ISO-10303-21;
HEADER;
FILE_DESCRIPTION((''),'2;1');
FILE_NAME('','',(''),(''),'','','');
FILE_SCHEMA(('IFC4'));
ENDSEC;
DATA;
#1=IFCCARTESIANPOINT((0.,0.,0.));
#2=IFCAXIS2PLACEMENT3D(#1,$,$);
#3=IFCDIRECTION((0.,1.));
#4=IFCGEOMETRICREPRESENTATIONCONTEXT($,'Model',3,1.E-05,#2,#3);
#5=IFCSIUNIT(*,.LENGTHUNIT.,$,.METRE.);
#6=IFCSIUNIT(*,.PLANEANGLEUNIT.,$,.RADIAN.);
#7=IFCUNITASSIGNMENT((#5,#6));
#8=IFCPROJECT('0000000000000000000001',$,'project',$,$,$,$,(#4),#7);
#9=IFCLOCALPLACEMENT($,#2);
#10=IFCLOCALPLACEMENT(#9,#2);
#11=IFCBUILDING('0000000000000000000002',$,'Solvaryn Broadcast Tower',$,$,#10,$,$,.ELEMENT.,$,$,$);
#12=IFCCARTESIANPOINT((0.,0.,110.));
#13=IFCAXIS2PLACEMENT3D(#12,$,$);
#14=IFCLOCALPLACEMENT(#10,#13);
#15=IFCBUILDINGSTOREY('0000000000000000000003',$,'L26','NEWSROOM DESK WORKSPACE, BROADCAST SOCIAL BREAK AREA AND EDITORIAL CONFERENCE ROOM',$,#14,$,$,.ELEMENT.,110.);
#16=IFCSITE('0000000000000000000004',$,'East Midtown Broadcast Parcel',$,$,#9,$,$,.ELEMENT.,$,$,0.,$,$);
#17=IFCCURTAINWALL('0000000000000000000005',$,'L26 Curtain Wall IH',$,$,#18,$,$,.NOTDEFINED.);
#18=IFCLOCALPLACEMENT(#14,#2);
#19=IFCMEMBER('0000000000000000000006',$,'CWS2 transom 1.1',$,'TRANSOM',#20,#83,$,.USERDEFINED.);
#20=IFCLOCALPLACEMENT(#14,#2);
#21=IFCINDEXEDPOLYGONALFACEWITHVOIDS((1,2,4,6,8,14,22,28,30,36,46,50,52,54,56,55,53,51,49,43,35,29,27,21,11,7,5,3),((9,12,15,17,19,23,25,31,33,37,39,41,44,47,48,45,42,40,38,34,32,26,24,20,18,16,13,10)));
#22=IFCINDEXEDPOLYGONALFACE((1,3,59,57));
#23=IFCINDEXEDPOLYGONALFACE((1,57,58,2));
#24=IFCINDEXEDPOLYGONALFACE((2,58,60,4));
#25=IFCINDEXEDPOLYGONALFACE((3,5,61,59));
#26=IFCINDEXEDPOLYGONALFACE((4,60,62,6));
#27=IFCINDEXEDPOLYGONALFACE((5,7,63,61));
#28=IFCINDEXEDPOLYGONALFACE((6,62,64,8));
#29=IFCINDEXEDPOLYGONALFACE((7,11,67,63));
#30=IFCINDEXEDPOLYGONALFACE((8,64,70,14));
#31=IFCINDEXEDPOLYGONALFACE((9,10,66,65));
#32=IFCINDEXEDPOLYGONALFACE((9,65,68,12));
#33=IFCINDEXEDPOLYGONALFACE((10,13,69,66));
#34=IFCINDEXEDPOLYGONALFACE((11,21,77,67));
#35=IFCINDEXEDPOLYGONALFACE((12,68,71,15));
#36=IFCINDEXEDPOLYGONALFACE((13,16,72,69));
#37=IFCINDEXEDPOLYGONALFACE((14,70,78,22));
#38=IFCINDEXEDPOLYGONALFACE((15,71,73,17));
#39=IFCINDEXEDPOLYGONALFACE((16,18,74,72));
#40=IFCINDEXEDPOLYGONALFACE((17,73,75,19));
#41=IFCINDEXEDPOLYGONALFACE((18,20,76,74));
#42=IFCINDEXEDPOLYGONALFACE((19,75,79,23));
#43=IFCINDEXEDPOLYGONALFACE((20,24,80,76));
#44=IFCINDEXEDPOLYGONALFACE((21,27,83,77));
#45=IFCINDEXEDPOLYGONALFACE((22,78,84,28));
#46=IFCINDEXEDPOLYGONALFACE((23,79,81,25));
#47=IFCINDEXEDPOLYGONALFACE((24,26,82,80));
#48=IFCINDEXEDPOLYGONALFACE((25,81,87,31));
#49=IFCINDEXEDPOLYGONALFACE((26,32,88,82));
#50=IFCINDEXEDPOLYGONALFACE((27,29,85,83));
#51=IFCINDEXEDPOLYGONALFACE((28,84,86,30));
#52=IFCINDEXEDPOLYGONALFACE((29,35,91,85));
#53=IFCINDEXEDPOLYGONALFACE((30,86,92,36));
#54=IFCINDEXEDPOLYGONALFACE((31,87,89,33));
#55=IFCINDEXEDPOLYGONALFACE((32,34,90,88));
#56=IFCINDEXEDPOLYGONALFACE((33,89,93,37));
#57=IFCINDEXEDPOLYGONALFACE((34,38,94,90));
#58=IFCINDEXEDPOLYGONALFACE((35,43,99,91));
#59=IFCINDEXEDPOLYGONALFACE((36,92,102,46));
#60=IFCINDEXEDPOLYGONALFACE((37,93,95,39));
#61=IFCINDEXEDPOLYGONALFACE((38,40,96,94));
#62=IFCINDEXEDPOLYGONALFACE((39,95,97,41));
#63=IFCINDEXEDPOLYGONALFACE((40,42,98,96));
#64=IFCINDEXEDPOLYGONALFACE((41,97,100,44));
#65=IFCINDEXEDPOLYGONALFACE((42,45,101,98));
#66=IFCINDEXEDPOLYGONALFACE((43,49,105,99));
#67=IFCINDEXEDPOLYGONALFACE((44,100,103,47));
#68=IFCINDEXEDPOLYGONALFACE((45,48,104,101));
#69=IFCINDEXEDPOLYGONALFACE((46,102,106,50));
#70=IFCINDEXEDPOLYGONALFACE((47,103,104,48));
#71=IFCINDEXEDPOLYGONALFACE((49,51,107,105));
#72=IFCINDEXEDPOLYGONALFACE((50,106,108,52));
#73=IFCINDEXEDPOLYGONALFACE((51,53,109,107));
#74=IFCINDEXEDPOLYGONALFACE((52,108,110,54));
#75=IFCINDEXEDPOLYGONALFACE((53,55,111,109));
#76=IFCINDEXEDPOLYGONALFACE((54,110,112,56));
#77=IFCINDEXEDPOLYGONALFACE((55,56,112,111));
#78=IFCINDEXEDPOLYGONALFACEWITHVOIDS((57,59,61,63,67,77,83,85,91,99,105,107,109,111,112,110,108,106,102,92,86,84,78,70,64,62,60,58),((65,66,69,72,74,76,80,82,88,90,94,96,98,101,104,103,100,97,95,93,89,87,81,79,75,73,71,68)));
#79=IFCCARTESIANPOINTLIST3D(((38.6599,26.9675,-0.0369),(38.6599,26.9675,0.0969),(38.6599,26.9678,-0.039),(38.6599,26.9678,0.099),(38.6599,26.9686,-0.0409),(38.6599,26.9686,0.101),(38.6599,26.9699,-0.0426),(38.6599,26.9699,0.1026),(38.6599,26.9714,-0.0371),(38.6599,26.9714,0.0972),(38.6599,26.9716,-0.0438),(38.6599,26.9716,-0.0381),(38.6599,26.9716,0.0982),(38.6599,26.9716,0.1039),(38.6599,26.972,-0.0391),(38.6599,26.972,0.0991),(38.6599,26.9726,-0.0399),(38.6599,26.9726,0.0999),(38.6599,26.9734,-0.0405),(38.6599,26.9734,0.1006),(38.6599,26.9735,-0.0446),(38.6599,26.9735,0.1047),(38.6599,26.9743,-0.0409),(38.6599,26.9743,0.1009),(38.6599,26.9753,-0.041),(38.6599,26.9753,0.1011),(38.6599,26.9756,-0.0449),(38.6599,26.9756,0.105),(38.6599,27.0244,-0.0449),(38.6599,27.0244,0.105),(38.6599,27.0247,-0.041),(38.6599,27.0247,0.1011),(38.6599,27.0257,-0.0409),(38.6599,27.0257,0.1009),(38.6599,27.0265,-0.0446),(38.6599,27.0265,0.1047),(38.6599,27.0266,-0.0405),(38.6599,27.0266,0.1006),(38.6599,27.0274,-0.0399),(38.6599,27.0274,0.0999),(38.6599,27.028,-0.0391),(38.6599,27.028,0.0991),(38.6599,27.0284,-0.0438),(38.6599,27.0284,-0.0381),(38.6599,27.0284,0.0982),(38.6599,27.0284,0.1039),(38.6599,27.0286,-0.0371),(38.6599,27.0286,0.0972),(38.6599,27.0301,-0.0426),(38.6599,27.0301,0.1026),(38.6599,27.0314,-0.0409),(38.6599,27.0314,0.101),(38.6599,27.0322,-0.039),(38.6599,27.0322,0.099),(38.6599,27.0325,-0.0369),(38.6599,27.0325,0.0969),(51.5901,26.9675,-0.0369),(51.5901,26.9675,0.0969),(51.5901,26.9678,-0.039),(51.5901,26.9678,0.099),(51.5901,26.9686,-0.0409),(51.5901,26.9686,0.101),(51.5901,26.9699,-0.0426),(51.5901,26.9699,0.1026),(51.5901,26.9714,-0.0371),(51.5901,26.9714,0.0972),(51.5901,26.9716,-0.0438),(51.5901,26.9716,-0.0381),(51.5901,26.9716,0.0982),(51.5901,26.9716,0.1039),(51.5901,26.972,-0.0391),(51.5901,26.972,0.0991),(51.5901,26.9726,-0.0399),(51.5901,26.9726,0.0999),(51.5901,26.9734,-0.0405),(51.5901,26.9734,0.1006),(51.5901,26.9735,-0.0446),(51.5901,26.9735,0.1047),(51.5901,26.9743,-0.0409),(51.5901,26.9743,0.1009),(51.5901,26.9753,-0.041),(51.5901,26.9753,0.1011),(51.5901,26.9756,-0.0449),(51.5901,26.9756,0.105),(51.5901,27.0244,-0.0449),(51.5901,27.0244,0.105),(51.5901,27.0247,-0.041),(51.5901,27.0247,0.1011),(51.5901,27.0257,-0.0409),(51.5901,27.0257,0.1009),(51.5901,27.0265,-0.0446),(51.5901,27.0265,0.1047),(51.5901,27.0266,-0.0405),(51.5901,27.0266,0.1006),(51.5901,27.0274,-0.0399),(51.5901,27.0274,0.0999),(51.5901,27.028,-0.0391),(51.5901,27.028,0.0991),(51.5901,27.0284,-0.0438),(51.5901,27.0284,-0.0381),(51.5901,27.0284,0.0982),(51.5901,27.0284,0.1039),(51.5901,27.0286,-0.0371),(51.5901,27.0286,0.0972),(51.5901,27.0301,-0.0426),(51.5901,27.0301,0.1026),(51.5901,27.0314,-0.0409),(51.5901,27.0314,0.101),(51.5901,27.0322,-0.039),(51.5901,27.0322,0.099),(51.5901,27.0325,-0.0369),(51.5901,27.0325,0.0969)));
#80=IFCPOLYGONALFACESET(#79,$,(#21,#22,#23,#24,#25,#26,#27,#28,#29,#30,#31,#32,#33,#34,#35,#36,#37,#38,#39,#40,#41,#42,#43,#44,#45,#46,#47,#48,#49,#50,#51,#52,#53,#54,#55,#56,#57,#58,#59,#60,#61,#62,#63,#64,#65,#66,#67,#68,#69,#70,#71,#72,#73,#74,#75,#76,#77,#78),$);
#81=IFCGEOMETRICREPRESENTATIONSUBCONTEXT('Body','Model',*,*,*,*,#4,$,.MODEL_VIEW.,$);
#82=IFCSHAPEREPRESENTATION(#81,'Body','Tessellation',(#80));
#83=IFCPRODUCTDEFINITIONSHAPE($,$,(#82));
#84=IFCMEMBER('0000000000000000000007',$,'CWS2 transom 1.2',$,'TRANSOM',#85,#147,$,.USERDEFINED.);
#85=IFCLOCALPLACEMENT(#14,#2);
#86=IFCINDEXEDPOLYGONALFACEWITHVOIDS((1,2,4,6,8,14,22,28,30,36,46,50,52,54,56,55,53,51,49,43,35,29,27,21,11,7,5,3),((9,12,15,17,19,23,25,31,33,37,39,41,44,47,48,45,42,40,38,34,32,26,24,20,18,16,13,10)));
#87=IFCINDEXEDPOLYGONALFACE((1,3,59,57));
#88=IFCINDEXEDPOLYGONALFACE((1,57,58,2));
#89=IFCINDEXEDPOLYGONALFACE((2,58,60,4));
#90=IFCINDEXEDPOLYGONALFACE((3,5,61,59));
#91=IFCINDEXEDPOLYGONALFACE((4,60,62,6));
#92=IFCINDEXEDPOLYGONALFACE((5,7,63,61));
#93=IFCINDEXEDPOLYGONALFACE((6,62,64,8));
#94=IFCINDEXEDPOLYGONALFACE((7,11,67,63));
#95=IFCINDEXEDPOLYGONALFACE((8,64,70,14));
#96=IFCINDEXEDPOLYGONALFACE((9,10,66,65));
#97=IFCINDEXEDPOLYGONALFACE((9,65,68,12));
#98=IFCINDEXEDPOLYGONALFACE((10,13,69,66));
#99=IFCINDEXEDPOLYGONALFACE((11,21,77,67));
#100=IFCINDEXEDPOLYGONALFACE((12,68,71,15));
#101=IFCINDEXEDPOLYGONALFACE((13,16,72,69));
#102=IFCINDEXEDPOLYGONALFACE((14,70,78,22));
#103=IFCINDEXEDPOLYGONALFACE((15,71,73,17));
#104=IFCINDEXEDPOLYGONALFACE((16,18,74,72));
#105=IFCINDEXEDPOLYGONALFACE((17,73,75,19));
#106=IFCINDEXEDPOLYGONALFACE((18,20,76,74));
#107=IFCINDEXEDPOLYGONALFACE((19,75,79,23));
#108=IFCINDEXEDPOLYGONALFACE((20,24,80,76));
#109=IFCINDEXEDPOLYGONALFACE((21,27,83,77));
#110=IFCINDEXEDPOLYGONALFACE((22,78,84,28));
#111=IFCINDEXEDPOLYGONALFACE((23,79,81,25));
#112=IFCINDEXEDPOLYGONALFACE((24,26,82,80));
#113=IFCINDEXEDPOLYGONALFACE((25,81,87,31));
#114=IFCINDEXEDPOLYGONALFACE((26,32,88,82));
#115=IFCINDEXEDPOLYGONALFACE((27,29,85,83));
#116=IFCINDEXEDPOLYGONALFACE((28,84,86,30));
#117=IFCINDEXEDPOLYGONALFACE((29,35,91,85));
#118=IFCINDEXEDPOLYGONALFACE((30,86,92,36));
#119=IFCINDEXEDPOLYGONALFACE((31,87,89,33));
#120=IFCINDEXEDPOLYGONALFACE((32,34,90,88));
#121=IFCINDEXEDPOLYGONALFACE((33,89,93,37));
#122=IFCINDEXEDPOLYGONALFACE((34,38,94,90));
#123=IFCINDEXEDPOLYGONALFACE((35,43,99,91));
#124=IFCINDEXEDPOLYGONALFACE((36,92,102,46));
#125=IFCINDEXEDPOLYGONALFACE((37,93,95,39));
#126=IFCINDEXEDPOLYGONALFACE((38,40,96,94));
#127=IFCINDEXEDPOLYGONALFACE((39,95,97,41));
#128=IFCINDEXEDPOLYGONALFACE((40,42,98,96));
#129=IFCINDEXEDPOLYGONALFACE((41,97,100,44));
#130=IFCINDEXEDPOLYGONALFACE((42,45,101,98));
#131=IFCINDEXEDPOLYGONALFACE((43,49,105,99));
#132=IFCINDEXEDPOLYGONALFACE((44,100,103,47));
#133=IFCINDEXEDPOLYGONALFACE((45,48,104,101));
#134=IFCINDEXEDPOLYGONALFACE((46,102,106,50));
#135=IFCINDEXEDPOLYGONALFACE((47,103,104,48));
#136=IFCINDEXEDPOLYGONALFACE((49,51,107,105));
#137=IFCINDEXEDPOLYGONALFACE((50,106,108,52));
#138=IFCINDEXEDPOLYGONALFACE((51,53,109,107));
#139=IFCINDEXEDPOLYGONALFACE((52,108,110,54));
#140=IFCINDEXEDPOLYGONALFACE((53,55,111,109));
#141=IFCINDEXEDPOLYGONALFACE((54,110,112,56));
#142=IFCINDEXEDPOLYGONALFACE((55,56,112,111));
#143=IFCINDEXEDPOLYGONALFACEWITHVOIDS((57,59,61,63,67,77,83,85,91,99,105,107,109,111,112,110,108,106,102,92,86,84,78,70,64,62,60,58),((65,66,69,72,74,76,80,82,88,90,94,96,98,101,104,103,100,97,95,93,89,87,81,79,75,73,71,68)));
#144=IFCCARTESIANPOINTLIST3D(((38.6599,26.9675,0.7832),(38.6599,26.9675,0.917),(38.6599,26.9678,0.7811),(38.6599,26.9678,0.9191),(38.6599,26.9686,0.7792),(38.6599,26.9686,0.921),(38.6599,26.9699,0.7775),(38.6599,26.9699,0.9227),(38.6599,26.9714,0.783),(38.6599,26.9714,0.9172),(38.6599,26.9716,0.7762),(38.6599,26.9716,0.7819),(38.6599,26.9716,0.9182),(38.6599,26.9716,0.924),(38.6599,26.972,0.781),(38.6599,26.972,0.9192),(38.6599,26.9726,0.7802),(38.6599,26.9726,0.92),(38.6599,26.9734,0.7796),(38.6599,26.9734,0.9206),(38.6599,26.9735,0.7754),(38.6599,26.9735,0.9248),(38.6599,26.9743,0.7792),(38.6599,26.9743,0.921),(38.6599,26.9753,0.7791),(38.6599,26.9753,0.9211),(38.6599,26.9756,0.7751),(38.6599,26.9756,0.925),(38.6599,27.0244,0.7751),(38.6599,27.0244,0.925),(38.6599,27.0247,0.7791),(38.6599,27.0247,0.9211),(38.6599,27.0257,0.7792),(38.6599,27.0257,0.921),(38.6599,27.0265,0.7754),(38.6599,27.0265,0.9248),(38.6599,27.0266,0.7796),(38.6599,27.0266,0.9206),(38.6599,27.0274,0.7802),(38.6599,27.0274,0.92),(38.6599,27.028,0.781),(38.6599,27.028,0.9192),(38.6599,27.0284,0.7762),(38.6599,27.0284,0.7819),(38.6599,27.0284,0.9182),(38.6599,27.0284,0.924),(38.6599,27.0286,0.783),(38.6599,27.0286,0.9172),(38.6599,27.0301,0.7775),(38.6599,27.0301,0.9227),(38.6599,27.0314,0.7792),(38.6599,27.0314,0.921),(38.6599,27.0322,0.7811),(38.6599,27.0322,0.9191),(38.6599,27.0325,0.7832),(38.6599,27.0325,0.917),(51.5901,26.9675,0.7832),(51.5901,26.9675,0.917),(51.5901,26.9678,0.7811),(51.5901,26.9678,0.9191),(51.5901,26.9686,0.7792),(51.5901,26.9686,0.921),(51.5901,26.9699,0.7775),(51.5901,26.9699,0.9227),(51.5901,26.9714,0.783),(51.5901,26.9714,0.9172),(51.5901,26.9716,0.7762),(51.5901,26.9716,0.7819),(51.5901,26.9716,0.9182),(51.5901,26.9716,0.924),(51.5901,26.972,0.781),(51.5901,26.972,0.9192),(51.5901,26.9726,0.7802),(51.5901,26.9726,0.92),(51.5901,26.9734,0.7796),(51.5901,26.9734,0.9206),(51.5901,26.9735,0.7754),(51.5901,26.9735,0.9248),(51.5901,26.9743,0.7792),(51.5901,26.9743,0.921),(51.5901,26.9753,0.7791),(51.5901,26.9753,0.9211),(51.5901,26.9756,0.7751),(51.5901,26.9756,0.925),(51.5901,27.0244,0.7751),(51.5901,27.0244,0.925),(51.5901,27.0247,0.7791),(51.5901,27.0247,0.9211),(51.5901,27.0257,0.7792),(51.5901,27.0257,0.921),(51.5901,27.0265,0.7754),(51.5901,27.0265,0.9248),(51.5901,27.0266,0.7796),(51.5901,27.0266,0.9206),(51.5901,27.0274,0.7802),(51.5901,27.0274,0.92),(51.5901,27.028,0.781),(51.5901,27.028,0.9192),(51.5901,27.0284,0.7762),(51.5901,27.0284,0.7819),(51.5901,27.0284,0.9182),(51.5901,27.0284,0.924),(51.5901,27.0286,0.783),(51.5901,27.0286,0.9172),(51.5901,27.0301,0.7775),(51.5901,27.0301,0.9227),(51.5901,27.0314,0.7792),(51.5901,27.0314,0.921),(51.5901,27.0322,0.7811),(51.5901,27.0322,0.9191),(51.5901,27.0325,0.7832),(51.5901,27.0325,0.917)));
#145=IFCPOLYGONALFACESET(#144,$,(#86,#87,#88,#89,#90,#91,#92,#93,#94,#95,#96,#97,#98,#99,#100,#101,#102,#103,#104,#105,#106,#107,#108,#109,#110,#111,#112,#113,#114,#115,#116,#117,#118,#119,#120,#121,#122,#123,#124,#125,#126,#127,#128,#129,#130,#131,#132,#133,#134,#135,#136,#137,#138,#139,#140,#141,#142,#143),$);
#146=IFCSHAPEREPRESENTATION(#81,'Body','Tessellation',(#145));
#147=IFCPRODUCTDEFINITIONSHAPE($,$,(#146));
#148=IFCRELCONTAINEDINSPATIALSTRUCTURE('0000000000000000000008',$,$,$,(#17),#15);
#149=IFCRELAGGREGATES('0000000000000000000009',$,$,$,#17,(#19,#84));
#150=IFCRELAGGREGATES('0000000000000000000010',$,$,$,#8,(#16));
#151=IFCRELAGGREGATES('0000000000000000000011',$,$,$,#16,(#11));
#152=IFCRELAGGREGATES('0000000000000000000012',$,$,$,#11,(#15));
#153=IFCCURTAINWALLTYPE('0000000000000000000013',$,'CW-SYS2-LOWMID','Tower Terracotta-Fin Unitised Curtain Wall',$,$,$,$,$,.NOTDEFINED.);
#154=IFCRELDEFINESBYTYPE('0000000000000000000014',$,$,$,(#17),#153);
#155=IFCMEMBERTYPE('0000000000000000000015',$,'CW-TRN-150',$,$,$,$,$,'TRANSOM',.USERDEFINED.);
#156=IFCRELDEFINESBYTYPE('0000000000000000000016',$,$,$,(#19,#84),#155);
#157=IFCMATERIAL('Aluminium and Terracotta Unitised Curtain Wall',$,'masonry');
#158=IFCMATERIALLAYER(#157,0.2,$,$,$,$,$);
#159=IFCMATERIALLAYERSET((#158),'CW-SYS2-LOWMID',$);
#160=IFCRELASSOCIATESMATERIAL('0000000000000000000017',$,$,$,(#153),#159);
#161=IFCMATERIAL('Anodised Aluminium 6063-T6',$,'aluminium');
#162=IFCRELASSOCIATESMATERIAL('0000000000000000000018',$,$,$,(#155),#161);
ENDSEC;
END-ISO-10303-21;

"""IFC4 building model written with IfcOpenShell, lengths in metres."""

from ifc_helpers import new_model, si_unit, direction, frame, origin, origin_2d, place, context, subcontext, project, spatial, hollow_rectangle, extrude, material, layer, layer_set, material_profile, profile_set, type_object, element, aggregate, save


model = new_model("IFC4")

# Units and contexts
model_context = context("Model", 3, precision=1e-05, world=origin(), true_north=direction((0.0, 1.0)))
body_context = subcontext(model_context, "Body", "Model", "MODEL_VIEW")
ifc_project = project(units=[si_unit("LENGTHUNIT", "METRE"), si_unit("PLANEANGLEUNIT", "RADIAN")], contexts=[model_context])

# Site, building, storey
site_placement = place(None, origin())
site = spatial("IfcSite", under=ifc_project, at=site_placement, Name="East Midtown Broadcast Parcel", CompositionType="ELEMENT", RefElevation=0.0)
building_placement = place(site_placement, origin())
building = spatial("IfcBuilding", under=site, at=building_placement, Name="Solvaryn Broadcast Tower", CompositionType="ELEMENT")
storey_placement = place(building_placement, frame((0.0, 0.0, 110.0)))
storey = spatial("IfcBuildingStorey", under=building, at=storey_placement, Name="L26", Description="NEWSROOM DESK WORKSPACE, BROADCAST SOCIAL BREAK AREA AND EDITORIAL CONFERENCE ROOM", CompositionType="ELEMENT", Elevation=110.0)

# Shared definitions
ifc_material_1 = material(Name="Aluminium and Terracotta Unitised Curtain Wall", Category="masonry")
ifc_layer_1 = layer(ifc_material_1, 0.2)
ifc_layer_set_1 = layer_set([ifc_layer_1], Name="CW-SYS2-LOWMID")
curtain_wall_type = type_object("IfcCurtainWallType", Name="CW-SYS2-LOWMID", Description="Tower Terracotta-Fin Unitised Curtain Wall", PredefinedType="NOTDEFINED", material=ifc_layer_set_1)

# Curtain wall
curtain_wall_1_placement = place(storey_placement, origin())
curtain_wall_1 = element("IfcCurtainWall", 1, at=curtain_wall_1_placement, inside=storey, type_object=curtain_wall_type, Name="L26 Curtain Wall IH", PredefinedType="NOTDEFINED")

# Members
ifc_material_2 = material(Name="Anodised Aluminium 6063-T6", Category="aluminium")
ifc_material_profile_1 = material_profile(ifc_material_2, hollow_rectangle(XDim=0.0649, YDim=0.1499, WallThickness=0.0039, InnerFilletRadius=0.0039, OuterFilletRadius=0.0081, at=origin_2d()))
ifc_profile_set_1 = profile_set([ifc_material_profile_1], Name="Anodised Aluminium 6063-T6")
member_type_1 = type_object("IfcMemberType", Name="CW-TRN-150", ElementType="TRANSOM", PredefinedType="USERDEFINED", material=ifc_profile_set_1)
member_1_placement = place(storey_placement, frame((38.6599, 27.0, 0.03), z_axis=(1.0, 0.0, 0.0), x_axis=(0.0, 1.0, 0.0)))
member_1 = element("IfcMember", 2, at=member_1_placement, type_object=member_type_1, Name="CWS2 transom 1.1", ObjectType="TRANSOM", PredefinedType="USERDEFINED", context=body_context, shape_type="SweptSolid", body=[
    extrude(hollow_rectangle(XDim=0.0649, YDim=0.1499, WallThickness=0.0039, InnerFilletRadius=0.0039, OuterFilletRadius=0.0081, at=origin_2d()), origin(), (0.0, 0.0, 1.0), 12.9302),
])
member_2_placement = place(storey_placement, frame((38.6599, 27.0, 0.8501), z_axis=(1.0, 0.0, 0.0), x_axis=(0.0, 1.0, 0.0)))
member_2 = element("IfcMember", 3, at=member_2_placement, type_object=member_type_1, Name="CWS2 transom 1.2", ObjectType="TRANSOM", PredefinedType="USERDEFINED", context=body_context, shape_type="SweptSolid", body=[
    extrude(hollow_rectangle(XDim=0.0649, YDim=0.1499, WallThickness=0.0039, InnerFilletRadius=0.0039, OuterFilletRadius=0.0081, at=origin_2d()), origin(), (0.0, 0.0, 1.0), 12.9302),
])

aggregate(curtain_wall_1, [member_1, member_2])

save(model, "model.ifc")
